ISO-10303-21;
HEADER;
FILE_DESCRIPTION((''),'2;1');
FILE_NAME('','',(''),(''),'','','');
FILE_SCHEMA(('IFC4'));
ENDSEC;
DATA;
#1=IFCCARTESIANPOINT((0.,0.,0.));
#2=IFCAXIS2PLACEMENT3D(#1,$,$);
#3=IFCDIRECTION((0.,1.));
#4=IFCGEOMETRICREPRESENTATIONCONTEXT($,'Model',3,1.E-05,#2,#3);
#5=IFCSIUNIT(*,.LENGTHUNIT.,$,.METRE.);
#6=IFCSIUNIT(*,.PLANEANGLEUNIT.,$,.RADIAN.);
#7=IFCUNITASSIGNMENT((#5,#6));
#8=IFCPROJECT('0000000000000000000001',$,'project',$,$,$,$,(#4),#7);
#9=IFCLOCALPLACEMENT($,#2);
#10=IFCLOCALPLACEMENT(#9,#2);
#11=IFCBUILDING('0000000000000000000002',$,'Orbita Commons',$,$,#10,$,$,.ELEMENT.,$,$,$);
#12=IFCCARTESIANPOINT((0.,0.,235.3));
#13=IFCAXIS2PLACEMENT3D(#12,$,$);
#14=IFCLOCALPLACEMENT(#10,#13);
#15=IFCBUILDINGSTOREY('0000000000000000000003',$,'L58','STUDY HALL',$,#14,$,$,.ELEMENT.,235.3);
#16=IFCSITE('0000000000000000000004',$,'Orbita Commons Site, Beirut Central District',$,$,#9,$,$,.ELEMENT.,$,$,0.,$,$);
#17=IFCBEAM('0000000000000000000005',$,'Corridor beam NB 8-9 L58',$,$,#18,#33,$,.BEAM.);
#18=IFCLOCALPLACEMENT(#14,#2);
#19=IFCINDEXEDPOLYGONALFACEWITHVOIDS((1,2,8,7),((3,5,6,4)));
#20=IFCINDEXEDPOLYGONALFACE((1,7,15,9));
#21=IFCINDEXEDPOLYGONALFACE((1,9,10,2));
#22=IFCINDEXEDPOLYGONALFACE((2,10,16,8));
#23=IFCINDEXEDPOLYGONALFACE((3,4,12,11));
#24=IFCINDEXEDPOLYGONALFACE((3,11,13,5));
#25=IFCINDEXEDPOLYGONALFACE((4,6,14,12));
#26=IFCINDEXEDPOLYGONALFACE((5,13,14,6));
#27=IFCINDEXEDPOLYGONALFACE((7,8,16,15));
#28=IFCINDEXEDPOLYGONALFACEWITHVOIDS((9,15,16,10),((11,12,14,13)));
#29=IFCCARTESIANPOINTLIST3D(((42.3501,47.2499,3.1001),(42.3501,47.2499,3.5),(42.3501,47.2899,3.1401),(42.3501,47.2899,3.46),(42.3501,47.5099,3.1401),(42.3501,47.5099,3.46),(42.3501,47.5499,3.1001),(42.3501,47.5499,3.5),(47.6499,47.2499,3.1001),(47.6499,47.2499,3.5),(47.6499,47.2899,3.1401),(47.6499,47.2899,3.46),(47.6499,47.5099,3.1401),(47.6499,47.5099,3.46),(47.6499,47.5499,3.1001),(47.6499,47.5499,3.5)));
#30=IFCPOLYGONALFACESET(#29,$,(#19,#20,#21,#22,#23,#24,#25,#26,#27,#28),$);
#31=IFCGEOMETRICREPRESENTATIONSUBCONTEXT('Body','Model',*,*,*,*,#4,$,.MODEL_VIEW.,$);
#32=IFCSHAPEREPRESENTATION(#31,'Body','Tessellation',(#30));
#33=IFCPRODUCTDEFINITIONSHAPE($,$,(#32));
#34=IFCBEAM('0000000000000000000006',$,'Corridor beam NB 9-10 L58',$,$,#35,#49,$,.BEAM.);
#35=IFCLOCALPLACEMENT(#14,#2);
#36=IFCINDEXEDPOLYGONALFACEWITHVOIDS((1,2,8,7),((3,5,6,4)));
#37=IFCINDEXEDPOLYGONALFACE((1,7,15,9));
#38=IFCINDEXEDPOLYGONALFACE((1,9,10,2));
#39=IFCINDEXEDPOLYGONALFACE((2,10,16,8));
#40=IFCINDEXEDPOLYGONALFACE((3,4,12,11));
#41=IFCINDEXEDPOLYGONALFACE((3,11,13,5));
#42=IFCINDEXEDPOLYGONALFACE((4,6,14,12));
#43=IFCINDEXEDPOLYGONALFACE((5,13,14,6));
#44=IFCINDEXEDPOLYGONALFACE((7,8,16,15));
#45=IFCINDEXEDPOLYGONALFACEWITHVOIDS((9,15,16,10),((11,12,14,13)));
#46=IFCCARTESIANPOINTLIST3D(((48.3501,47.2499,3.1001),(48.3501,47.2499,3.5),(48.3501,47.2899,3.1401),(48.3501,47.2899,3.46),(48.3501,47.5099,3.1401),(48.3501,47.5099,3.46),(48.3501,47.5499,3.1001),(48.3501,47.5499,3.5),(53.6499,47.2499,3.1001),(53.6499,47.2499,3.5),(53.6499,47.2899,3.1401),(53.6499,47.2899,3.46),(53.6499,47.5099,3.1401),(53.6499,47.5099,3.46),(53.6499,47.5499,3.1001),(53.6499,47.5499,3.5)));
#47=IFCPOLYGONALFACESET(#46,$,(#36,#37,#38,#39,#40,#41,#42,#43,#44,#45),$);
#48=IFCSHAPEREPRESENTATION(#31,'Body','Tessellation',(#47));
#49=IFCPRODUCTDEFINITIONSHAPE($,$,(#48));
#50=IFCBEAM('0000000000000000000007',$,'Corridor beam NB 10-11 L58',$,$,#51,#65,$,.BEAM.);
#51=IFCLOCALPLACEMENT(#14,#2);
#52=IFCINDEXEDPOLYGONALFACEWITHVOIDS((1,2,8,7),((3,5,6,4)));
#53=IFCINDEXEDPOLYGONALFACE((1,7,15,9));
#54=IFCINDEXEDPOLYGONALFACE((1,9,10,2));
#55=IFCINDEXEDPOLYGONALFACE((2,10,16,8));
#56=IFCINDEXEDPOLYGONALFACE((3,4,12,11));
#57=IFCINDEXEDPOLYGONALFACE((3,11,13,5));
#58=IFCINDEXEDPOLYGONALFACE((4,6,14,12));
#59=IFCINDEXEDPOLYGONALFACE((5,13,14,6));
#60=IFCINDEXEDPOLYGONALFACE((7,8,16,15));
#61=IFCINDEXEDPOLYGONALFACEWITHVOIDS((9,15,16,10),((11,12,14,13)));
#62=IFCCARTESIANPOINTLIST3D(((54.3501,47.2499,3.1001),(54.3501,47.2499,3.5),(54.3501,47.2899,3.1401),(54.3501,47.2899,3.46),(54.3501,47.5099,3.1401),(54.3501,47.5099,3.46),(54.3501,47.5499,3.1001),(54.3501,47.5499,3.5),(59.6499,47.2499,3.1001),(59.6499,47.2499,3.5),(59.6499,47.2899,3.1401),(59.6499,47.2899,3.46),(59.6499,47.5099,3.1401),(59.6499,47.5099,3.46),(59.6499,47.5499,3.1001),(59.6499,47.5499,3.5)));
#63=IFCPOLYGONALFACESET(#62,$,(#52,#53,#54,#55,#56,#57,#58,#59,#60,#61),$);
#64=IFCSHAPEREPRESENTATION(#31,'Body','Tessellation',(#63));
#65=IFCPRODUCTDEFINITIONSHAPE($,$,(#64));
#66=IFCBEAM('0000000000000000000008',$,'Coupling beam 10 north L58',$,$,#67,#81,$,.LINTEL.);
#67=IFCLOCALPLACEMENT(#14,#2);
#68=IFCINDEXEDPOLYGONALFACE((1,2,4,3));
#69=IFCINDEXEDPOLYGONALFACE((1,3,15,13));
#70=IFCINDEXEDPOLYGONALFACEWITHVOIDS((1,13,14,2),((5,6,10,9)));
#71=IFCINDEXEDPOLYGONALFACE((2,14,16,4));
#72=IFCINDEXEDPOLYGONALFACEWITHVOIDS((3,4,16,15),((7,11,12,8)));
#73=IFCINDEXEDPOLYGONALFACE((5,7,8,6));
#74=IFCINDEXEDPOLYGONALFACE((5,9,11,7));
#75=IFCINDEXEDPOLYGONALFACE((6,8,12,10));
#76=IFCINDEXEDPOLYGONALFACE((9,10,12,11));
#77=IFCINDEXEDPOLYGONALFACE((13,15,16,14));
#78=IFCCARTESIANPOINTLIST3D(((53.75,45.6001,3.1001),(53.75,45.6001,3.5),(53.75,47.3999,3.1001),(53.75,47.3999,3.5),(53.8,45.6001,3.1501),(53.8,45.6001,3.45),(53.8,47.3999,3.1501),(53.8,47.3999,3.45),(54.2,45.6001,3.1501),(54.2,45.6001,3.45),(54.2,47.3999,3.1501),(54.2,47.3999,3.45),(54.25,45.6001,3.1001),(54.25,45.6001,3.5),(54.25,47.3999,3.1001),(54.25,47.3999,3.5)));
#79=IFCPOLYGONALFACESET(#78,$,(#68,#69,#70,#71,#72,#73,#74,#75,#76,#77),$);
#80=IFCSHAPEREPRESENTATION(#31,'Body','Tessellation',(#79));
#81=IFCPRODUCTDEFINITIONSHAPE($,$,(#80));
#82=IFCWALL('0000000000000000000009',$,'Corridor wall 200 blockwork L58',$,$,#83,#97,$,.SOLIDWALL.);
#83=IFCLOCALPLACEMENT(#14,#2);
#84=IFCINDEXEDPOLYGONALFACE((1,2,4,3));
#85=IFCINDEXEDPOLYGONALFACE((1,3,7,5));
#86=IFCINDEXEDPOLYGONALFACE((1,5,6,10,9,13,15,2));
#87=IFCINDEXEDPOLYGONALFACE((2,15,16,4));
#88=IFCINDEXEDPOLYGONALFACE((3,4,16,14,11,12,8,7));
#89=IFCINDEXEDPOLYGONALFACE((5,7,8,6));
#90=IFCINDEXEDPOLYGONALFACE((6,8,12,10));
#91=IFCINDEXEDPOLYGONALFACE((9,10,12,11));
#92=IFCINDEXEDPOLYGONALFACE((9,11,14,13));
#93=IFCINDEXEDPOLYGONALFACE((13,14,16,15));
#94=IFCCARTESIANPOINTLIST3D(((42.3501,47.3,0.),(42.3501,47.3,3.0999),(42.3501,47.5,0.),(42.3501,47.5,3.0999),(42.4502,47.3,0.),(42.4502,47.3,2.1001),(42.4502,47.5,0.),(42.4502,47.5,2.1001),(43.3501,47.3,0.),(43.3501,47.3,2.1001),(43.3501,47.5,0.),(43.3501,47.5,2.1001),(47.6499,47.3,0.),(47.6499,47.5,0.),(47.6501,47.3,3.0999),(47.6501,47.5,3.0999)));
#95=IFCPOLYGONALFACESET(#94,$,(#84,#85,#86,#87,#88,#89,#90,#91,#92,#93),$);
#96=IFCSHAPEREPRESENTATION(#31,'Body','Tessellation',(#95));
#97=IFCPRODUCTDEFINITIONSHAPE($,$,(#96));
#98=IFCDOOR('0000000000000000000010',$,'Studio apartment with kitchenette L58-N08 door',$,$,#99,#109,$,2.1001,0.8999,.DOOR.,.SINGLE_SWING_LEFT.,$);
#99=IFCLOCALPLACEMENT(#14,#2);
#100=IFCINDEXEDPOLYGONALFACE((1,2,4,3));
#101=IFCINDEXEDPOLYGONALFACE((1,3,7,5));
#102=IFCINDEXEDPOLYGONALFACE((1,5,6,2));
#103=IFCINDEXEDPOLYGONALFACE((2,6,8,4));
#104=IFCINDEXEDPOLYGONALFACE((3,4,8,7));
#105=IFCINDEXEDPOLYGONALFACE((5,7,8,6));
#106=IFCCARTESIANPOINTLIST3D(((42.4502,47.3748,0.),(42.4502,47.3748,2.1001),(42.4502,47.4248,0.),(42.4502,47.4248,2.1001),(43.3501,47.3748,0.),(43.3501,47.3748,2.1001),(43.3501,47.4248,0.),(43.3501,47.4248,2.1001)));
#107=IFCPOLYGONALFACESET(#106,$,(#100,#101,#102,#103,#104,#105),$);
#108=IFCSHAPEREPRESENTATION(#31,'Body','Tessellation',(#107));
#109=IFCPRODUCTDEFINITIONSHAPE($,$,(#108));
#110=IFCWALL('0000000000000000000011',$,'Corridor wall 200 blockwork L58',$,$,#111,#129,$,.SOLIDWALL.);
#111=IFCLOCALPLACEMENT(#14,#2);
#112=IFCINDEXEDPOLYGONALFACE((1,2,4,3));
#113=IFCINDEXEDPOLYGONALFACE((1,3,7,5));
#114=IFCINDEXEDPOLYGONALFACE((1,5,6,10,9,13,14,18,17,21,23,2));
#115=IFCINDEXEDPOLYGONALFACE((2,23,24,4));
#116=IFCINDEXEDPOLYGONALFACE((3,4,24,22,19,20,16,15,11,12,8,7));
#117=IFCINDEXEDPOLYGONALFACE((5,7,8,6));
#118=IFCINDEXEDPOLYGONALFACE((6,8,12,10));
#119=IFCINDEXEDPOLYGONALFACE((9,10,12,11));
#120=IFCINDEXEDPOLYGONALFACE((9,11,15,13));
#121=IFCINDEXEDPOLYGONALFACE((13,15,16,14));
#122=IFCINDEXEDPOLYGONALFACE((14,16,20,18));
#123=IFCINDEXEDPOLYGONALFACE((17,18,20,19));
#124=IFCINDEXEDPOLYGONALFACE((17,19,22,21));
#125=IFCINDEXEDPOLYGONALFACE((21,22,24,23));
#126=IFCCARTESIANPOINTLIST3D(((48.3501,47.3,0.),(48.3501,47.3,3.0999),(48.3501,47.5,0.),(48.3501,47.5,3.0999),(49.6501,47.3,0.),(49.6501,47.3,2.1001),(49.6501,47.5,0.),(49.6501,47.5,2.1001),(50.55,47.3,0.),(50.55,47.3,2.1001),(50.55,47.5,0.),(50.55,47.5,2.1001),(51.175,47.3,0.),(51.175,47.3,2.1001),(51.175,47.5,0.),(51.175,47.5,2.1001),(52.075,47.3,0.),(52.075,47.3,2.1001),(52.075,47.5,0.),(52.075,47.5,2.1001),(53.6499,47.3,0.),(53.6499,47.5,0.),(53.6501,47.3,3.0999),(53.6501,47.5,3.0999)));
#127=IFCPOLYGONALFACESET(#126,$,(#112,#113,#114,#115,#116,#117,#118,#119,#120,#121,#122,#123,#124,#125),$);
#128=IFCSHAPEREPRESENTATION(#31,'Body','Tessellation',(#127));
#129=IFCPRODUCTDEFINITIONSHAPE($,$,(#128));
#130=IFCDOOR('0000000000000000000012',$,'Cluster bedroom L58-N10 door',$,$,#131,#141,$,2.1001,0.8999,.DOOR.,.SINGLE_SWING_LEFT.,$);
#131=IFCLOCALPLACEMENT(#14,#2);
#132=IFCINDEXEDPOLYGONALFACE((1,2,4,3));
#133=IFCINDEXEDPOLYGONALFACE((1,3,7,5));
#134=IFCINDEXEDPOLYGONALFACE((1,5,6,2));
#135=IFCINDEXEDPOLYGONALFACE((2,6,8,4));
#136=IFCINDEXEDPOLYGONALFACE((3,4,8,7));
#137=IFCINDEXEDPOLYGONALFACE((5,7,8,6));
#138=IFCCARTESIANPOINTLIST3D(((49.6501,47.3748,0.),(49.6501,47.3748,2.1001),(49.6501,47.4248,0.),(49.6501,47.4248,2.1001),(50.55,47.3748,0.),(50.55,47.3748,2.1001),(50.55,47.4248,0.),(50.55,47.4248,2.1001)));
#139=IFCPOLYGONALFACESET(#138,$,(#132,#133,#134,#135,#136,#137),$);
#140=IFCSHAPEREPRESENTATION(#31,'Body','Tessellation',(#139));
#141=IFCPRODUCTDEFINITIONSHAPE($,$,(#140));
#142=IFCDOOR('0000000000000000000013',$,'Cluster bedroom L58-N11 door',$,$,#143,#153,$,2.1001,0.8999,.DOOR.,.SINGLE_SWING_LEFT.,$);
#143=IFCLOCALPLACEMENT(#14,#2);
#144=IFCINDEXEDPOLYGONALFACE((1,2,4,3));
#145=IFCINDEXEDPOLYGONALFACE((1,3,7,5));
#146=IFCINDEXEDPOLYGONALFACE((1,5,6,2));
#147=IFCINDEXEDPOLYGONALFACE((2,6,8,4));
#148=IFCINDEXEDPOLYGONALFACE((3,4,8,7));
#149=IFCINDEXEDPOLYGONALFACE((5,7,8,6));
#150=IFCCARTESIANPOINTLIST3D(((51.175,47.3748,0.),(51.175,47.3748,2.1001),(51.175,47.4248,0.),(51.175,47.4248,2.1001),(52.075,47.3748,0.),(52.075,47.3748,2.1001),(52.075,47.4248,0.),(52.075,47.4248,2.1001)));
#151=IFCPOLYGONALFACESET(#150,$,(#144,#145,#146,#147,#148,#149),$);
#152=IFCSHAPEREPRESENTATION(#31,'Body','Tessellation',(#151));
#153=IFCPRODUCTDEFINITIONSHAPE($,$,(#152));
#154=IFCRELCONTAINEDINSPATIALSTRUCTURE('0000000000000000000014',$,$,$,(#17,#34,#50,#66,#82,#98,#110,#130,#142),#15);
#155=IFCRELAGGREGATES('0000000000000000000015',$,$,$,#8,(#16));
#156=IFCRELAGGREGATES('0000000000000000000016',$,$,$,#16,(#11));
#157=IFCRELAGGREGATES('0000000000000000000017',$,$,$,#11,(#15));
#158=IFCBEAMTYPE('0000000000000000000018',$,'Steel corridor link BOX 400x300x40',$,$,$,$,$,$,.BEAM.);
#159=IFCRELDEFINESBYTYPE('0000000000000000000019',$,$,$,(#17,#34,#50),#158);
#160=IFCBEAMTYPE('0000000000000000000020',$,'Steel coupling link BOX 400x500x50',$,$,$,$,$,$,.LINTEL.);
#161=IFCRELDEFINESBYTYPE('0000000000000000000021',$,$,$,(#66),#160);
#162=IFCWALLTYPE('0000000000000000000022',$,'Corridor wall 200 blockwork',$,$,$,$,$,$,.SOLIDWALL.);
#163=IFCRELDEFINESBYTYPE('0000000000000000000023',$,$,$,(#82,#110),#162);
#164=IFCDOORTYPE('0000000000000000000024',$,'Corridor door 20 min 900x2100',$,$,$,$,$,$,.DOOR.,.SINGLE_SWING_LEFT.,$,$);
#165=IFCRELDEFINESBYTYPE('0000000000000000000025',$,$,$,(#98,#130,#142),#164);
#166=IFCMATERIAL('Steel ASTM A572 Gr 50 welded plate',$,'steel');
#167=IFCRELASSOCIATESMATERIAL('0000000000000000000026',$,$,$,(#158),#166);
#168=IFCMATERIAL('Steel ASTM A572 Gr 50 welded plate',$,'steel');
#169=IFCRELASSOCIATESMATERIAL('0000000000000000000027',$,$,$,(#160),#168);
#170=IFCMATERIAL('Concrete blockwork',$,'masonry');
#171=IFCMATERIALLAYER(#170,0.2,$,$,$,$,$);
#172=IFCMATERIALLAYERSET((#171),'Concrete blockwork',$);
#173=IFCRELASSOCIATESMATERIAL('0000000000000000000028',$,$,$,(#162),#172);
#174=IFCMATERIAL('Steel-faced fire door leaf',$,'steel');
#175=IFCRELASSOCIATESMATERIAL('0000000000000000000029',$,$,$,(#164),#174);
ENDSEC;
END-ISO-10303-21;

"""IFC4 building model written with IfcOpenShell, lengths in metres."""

from ifc_helpers import new_model, si_unit, direction, frame, frame_2d, origin, origin_2d, place, context, subcontext, project, spatial, polyline, rectangle, hollow_rectangle, outline, extrude, material, layer, layer_set, material_profile, profile_set, type_object, element, fill, save


model = new_model("IFC4")

# Units and contexts
model_context = context("Model", 3, precision=1e-05, world=origin(), true_north=direction((0.0, 1.0)))
body_context = subcontext(model_context, "Body", "Model", "MODEL_VIEW")
ifc_project = project(units=[si_unit("LENGTHUNIT", "METRE"), si_unit("PLANEANGLEUNIT", "RADIAN")], contexts=[model_context])

# Site, building, storey
site_placement = place(None, origin())
site = spatial("IfcSite", under=ifc_project, at=site_placement, Name="Orbita Commons Site, Beirut Central District", CompositionType="ELEMENT", RefElevation=0.0)
building_placement = place(site_placement, origin())
building = spatial("IfcBuilding", under=site, at=building_placement, Name="Orbita Commons", CompositionType="ELEMENT")
storey_placement = place(building_placement, frame((0.0, 0.0, 235.3)))
storey = spatial("IfcBuildingStorey", under=building, at=storey_placement, Name="L58", Description="STUDY HALL", CompositionType="ELEMENT", Elevation=235.3)

# Beams
ifc_material_1 = material(Name="Steel ASTM A572 Gr 50 welded plate", Category="steel")
ifc_material_profile_1 = material_profile(ifc_material_1, hollow_rectangle(XDim=0.3, YDim=0.3999, WallThickness=0.04, at=origin_2d()), Name="BOX 400x300x40")
ifc_profile_set_1 = profile_set([ifc_material_profile_1], Name="Steel ASTM A572 Gr 50 welded plate")
beam_type_1 = type_object("IfcBeamType", Name="Steel corridor link BOX 400x300x40", PredefinedType="BEAM", material=ifc_profile_set_1)
for number, where, z_axis, x_axis, name in (
    (1, (42.3501, 47.3999, 3.3), (1.0, 0.0, 0.0), (0.0, 1.0, 0.0), "Corridor beam NB 8-9 L58"),
    (2, (48.3501, 47.3999, 3.3), (1.0, 0.0, 0.0), (0.0, 1.0, 0.0), "Corridor beam NB 9-10 L58"),
    (3, (54.3501, 47.3999, 3.3), (1.0, 0.0, 0.0), (0.0, 1.0, 0.0), "Corridor beam NB 10-11 L58"),
):
    element("IfcBeam", number, at=place(storey_placement, frame(where, z_axis=z_axis, x_axis=x_axis)), inside=storey, type_object=beam_type_1, Name=name, PredefinedType="BEAM", context=body_context, shape_type="SweptSolid", body=[
        extrude(hollow_rectangle(XDim=0.3, YDim=0.3999, WallThickness=0.04, at=origin_2d()), origin(), (0.0, 0.0, 1.0), 5.2998),
    ])
ifc_material_2 = material(Name="Steel ASTM A572 Gr 50 welded plate", Category="steel")
ifc_material_profile_2 = material_profile(ifc_material_2, hollow_rectangle(XDim=0.5, YDim=0.3999, WallThickness=0.05, at=origin_2d()), Name="BOX 400x500x50")
ifc_profile_set_2 = profile_set([ifc_material_profile_2], Name="Steel ASTM A572 Gr 50 welded plate")
beam_type_2 = type_object("IfcBeamType", Name="Steel coupling link BOX 400x500x50", PredefinedType="LINTEL", material=ifc_profile_set_2)
beam_placement = place(storey_placement, frame((54.0, 45.6001, 3.3), z_axis=(0.0, 1.0, 0.0), x_axis=(-1.0, 0.0, 0.0)))
element("IfcBeam", 4, at=beam_placement, inside=storey, type_object=beam_type_2, Name="Coupling beam 10 north L58", PredefinedType="LINTEL", context=body_context, shape_type="SweptSolid", body=[
    extrude(hollow_rectangle(XDim=0.5, YDim=0.3999, WallThickness=0.05, at=origin_2d()), origin(), (0.0, 0.0, 1.0), 1.7998),
])

# Wall, opening, door
ifc_material_3 = material(Name="Concrete blockwork", Category="masonry")
ifc_layer_1 = layer(ifc_material_3, 0.2)
ifc_layer_set_1 = layer_set([ifc_layer_1], Name="Concrete blockwork")
wall_type_1 = type_object("IfcWallType", Name="Corridor wall 200 blockwork", PredefinedType="SOLIDWALL", material=ifc_layer_set_1)
wall_1_placement = place(storey_placement, frame((42.3501, 47.3999, 0.0), z_axis=(0.0, 0.0, 1.0), x_axis=(1.0, 0.0, 0.0)))
wall_1 = element("IfcWall", 5, at=wall_1_placement, inside=storey, type_object=wall_type_1, Name="Corridor wall 200 blockwork L58", PredefinedType="SOLIDWALL", context=body_context, shape_type="SweptSolid", body=[
    extrude(outline(polyline([(0.0, 0.0), (5.2998, 0.0), (5.3, 3.0999), (0.0, 3.0999), (0.0, 0.0)])), frame((0.0, 0.1001, 0.0), z_axis=(0.0, -1.0, 0.0), x_axis=(1.0, 0.0, 0.0)), (0.0, 0.0, 1.0), 0.2),
])
opening_1_placement = place(wall_1_placement, frame((0.1001, 0.0, 0.0)))
opening_1 = element("IfcOpeningElement", 6, at=opening_1_placement, cuts=wall_1, PredefinedType="OPENING", context=body_context, shape_type="SweptSolid", body=[
    extrude(rectangle(XDim=0.8999, YDim=2.1001, at=frame_2d((0.45, 1.05))), frame((0.0, 0.1099, 0.0), z_axis=(0.0, -1.0, 0.0), x_axis=(1.0, 0.0, 0.0)), (0.0, 0.0, 1.0), 0.22),
])
ifc_material_4 = material(Name="Steel-faced fire door leaf", Category="steel")
door_type = type_object("IfcDoorType", Name="Corridor door 20 min 900x2100", OperationType="SINGLE_SWING_LEFT", PredefinedType="DOOR", material=ifc_material_4)
door_1_placement = place(opening_1_placement, origin())
door_1 = element("IfcDoor", 7, at=door_1_placement, inside=storey, type_object=door_type, Name="Studio apartment with kitchenette L58-N08 door", OperationType="SINGLE_SWING_LEFT", OverallHeight=2.1001, OverallWidth=0.8999, PredefinedType="DOOR", context=body_context, shape_type="SweptSolid", body=[
    extrude(rectangle(XDim=0.8999, YDim=2.1001, at=frame_2d((0.45, 1.05))), frame((0.0, 0.0249, 0.0), z_axis=(0.0, -1.0, 0.0), x_axis=(1.0, 0.0, 0.0)), (0.0, 0.0, 1.0), 0.05),
])
fill(opening_1, door_1)

# Wall, openings, doors
wall_2_placement = place(storey_placement, frame((48.3501, 47.3999, 0.0), z_axis=(0.0, 0.0, 1.0), x_axis=(1.0, 0.0, 0.0)))
wall_2 = element("IfcWall", 8, at=wall_2_placement, inside=storey, type_object=wall_type_1, Name="Corridor wall 200 blockwork L58", PredefinedType="SOLIDWALL", context=body_context, shape_type="SweptSolid", body=[
    extrude(outline(polyline([(0.0, 0.0), (5.2998, 0.0), (5.3, 3.0999), (0.0, 3.0999), (0.0, 0.0)])), frame((0.0, 0.1001, 0.0), z_axis=(0.0, -1.0, 0.0), x_axis=(1.0, 0.0, 0.0)), (0.0, 0.0, 1.0), 0.2),
])
opening_2_placement = place(wall_2_placement, frame((1.3, 0.0, 0.0)))
opening_2 = element("IfcOpeningElement", 9, at=opening_2_placement, cuts=wall_2, PredefinedType="OPENING", context=body_context, shape_type="SweptSolid", body=[
    extrude(rectangle(XDim=0.8999, YDim=2.1001, at=frame_2d((0.45, 1.05))), frame((0.0, 0.1099, 0.0), z_axis=(0.0, -1.0, 0.0), x_axis=(1.0, 0.0, 0.0)), (0.0, 0.0, 1.0), 0.22),
])
opening_3_placement = place(wall_2_placement, frame((2.825, 0.0, 0.0)))
opening_3 = element("IfcOpeningElement", 10, at=opening_3_placement, cuts=wall_2, PredefinedType="OPENING", context=body_context, shape_type="SweptSolid", body=[
    extrude(rectangle(XDim=0.8999, YDim=2.1001, at=frame_2d((0.45, 1.05))), frame((0.0, 0.1099, 0.0), z_axis=(0.0, -1.0, 0.0), x_axis=(1.0, 0.0, 0.0)), (0.0, 0.0, 1.0), 0.22),
])
door_2_placement = place(opening_2_placement, origin())
door_2 = element("IfcDoor", 11, at=door_2_placement, inside=storey, type_object=door_type, Name="Cluster bedroom L58-N10 door", OperationType="SINGLE_SWING_LEFT", OverallHeight=2.1001, OverallWidth=0.8999, PredefinedType="DOOR", context=body_context, shape_type="SweptSolid", body=[
    extrude(rectangle(XDim=0.8999, YDim=2.1001, at=frame_2d((0.45, 1.05))), frame((0.0, 0.0249, 0.0), z_axis=(0.0, -1.0, 0.0), x_axis=(1.0, 0.0, 0.0)), (0.0, 0.0, 1.0), 0.05),
])
fill(opening_2, door_2)
door_3_placement = place(opening_3_placement, origin())
door_3 = element("IfcDoor", 12, at=door_3_placement, inside=storey, type_object=door_type, Name="Cluster bedroom L58-N11 door", OperationType="SINGLE_SWING_LEFT", OverallHeight=2.1001, OverallWidth=0.8999, PredefinedType="DOOR", context=body_context, shape_type="SweptSolid", body=[
    extrude(rectangle(XDim=0.8999, YDim=2.1001, at=frame_2d((0.45, 1.05))), frame((0.0, 0.0249, 0.0), z_axis=(0.0, -1.0, 0.0), x_axis=(1.0, 0.0, 0.0)), (0.0, 0.0, 1.0), 0.05),
])
fill(opening_3, door_3)

save(model, "model.ifc")
